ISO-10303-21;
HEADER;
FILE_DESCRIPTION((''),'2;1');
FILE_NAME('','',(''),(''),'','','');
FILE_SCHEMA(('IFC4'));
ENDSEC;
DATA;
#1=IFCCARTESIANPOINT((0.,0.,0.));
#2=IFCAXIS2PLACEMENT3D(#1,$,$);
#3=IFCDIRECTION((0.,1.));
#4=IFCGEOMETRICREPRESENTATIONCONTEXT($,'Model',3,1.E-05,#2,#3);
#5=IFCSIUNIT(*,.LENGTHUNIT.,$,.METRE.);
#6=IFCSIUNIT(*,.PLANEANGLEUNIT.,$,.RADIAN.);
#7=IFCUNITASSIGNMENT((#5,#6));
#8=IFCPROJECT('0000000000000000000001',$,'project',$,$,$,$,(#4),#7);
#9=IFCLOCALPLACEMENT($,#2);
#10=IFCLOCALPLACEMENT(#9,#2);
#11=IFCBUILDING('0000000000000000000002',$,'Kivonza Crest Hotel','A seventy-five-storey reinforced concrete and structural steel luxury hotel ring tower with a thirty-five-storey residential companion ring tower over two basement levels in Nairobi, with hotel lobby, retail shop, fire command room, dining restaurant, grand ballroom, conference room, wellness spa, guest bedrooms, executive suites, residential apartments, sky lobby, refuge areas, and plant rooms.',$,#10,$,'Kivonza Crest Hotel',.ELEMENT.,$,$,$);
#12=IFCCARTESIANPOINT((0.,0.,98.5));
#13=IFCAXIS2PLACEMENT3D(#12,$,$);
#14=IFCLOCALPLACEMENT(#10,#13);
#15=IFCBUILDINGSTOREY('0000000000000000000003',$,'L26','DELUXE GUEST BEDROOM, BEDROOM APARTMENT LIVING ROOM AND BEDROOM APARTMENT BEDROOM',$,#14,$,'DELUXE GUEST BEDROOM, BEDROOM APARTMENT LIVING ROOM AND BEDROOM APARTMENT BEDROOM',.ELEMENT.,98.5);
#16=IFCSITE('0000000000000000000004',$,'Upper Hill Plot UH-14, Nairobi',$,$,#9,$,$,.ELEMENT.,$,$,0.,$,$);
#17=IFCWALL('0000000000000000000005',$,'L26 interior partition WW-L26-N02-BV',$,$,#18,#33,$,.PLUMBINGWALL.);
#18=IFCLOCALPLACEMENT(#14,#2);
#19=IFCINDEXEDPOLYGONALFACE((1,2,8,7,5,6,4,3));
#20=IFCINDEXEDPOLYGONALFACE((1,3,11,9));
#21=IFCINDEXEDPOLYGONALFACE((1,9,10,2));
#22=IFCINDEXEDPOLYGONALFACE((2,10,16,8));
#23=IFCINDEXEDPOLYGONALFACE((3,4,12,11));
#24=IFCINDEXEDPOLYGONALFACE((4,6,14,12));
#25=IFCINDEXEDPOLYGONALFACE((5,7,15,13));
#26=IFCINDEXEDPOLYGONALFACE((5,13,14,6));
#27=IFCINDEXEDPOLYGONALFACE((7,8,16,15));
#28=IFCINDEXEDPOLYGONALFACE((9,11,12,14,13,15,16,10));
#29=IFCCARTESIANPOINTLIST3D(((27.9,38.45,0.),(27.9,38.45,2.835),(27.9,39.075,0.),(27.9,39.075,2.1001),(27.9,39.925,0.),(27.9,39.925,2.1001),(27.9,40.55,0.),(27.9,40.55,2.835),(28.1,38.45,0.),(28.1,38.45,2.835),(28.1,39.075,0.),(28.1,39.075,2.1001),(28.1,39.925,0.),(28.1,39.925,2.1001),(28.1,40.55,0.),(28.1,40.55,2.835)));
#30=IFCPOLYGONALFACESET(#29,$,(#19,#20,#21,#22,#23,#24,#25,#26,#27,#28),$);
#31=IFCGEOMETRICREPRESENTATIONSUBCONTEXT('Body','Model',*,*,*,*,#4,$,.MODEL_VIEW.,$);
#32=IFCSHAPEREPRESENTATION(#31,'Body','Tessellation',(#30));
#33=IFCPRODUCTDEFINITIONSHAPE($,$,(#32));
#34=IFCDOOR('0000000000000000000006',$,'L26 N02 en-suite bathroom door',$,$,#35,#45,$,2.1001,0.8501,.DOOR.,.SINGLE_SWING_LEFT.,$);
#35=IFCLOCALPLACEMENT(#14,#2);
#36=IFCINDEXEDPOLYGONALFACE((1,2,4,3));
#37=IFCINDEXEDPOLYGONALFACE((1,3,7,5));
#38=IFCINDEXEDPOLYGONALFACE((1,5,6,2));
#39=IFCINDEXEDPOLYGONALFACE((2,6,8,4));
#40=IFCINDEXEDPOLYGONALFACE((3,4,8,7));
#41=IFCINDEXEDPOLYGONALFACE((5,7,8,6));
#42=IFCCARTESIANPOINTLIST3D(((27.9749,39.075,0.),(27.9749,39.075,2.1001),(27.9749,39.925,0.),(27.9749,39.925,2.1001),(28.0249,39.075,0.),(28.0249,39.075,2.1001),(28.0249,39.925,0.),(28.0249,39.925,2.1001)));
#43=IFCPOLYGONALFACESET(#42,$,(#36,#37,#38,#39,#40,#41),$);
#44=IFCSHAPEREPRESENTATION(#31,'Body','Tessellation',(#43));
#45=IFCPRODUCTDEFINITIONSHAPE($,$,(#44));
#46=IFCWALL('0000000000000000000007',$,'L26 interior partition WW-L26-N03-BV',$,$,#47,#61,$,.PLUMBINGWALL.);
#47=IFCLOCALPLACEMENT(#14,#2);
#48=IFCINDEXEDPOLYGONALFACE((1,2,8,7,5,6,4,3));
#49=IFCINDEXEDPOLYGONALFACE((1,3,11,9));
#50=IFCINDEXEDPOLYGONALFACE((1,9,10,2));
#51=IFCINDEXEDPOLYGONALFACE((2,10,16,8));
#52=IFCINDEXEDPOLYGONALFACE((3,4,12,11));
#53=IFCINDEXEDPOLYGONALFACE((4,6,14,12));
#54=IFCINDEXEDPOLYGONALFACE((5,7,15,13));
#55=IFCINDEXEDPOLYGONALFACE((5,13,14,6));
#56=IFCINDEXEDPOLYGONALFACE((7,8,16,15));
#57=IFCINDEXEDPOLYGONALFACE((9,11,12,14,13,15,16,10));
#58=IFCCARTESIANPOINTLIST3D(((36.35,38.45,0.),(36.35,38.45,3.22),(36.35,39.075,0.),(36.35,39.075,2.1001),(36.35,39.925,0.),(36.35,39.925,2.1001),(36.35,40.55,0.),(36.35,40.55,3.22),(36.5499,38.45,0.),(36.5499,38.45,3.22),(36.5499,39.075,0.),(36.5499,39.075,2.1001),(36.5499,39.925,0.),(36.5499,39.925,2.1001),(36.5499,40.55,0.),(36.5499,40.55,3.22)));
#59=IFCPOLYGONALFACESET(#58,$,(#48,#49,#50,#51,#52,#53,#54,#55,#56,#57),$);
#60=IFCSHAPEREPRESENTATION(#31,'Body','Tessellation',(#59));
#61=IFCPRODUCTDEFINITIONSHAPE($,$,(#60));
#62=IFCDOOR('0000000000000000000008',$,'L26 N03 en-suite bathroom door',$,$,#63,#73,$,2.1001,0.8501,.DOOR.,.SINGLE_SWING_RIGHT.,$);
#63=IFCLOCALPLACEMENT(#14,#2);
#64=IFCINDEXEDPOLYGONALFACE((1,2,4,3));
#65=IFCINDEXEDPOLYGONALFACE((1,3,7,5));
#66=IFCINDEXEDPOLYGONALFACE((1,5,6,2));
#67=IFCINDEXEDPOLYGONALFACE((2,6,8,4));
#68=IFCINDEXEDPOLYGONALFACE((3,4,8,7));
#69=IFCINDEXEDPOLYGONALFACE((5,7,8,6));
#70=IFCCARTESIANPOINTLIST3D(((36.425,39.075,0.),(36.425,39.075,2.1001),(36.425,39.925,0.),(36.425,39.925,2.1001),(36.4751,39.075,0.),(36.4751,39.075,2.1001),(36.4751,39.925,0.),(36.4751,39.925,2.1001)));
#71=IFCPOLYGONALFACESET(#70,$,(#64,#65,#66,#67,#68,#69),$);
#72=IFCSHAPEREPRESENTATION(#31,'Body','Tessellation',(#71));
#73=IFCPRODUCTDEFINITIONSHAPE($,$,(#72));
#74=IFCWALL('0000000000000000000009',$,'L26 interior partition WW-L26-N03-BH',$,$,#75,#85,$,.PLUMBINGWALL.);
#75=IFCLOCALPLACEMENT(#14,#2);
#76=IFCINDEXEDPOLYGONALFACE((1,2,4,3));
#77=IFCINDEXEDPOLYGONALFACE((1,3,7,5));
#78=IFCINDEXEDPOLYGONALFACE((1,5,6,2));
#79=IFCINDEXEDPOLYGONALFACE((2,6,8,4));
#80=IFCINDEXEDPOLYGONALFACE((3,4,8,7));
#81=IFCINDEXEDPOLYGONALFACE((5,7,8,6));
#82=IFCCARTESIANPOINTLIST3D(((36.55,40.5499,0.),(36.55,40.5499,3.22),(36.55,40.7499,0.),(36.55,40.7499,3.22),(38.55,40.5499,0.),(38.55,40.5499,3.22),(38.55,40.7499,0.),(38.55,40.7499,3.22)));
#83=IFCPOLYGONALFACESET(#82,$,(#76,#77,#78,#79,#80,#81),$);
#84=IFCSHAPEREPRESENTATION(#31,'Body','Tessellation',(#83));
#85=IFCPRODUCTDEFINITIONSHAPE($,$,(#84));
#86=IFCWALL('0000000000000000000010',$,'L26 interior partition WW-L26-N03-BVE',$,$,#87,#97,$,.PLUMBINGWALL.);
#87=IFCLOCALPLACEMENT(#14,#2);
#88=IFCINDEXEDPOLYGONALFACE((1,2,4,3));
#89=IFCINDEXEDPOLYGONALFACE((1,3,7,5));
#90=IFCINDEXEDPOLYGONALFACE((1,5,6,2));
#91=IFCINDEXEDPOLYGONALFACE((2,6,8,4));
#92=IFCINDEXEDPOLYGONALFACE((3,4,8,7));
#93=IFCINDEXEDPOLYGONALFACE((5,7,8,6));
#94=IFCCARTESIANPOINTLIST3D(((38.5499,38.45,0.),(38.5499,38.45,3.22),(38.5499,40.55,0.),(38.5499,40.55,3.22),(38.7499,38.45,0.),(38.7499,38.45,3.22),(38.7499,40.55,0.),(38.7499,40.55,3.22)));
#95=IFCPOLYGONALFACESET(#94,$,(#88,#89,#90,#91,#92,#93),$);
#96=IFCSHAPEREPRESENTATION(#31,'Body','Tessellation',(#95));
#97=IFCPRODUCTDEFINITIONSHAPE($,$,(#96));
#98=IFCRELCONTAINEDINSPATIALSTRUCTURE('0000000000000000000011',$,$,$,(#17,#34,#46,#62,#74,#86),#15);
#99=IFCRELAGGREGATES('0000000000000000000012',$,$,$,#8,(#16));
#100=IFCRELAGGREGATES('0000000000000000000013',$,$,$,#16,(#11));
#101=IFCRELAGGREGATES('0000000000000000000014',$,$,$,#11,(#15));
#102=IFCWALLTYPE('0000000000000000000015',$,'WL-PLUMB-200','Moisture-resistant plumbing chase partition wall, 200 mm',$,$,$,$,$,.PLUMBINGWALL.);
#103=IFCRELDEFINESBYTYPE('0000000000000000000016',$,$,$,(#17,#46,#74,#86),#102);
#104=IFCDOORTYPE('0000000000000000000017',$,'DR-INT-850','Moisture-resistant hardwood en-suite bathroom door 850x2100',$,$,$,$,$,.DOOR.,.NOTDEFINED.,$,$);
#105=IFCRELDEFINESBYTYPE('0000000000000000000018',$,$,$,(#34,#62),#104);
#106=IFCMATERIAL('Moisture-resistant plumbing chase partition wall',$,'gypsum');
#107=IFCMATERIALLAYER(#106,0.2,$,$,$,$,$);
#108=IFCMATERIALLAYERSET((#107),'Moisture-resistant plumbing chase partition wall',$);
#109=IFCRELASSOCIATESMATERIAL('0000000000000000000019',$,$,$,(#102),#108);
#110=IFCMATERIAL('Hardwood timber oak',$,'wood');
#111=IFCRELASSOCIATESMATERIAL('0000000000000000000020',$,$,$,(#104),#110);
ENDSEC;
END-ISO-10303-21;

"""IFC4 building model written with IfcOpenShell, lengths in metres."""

from ifc_helpers import new_model, si_unit, direction, frame, frame_2d, origin, place, context, subcontext, project, spatial, rectangle, extrude, material, layer, layer_set, type_object, element, fill, save


model = new_model("IFC4")

# Units and contexts
model_context = context("Model", 3, precision=1e-05, world=origin(), true_north=direction((0.0, 1.0)))
body_context = subcontext(model_context, "Body", "Model", "MODEL_VIEW")
ifc_project = project(units=[si_unit("LENGTHUNIT", "METRE"), si_unit("PLANEANGLEUNIT", "RADIAN")], contexts=[model_context])

# Site, building, storey
site_placement = place(None, origin())
site = spatial("IfcSite", under=ifc_project, at=site_placement, Name="Upper Hill Plot UH-14, Nairobi", CompositionType="ELEMENT", RefElevation=0.0)
building_placement = place(site_placement, origin())
building = spatial("IfcBuilding", under=site, at=building_placement, Name="Kivonza Crest Hotel", Description="A seventy-five-storey reinforced concrete and structural steel luxury hotel ring tower with a thirty-five-storey residential companion ring tower over two basement levels in Nairobi, with hotel lobby, retail shop, fire command room, dining restaurant, grand ballroom, conference room, wellness spa, guest bedrooms, executive suites, residential apartments, sky lobby, refuge areas, and plant rooms.", LongName="Kivonza Crest Hotel", CompositionType="ELEMENT")
storey_placement = place(building_placement, frame((0.0, 0.0, 98.5)))
storey = spatial("IfcBuildingStorey", under=building, at=storey_placement, Name="L26", Description="DELUXE GUEST BEDROOM, BEDROOM APARTMENT LIVING ROOM AND BEDROOM APARTMENT BEDROOM", LongName="DELUXE GUEST BEDROOM, BEDROOM APARTMENT LIVING ROOM AND BEDROOM APARTMENT BEDROOM", CompositionType="ELEMENT", Elevation=98.5)

# Shared definitions
ifc_material_1 = material(Name="Hardwood timber oak", Category="wood")

# Walls, openings, doors
ifc_material_2 = material(Name="Moisture-resistant plumbing chase partition wall", Category="gypsum")
ifc_layer_1 = layer(ifc_material_2, 0.2)
ifc_layer_set_1 = layer_set([ifc_layer_1], Name="Moisture-resistant plumbing chase partition wall")
wall_type_1 = type_object("IfcWallType", Name="WL-PLUMB-200", Description="Moisture-resistant plumbing chase partition wall, 200 mm", PredefinedType="PLUMBINGWALL", material=ifc_layer_set_1)
wall_1_placement = place(storey_placement, frame((28.0, 38.45, 0.0), z_axis=(0.0, 0.0, 1.0), x_axis=(0.0, 1.0, 0.0)))
wall_1 = element("IfcWall", 1, at=wall_1_placement, inside=storey, type_object=wall_type_1, Name="L26 interior partition WW-L26-N02-BV", PredefinedType="PLUMBINGWALL", context=body_context, shape_type="SweptSolid", body=[
    extrude(rectangle(XDim=2.1001, YDim=0.2, at=frame_2d((1.05, 0.0))), origin(), (0.0, 0.0, 1.0), 2.835),
])
opening_1_placement = place(wall_1_placement, frame((0.625, 0.0, 0.0)))
opening_1 = element("IfcOpeningElement", 2, at=opening_1_placement, cuts=wall_1, PredefinedType="OPENING", context=body_context, shape_type="SweptSolid", body=[
    extrude(rectangle(XDim=0.8501, YDim=2.1001, at=frame_2d((0.425, 1.05))), frame((0.0, 0.1099, 0.0), z_axis=(0.0, -1.0, 0.0), x_axis=(1.0, 0.0, 0.0)), (0.0, 0.0, 1.0), 0.22),
])
door_type_1 = type_object("IfcDoorType", Name="DR-INT-850", Description="Moisture-resistant hardwood en-suite bathroom door 850x2100", OperationType="NOTDEFINED", PredefinedType="DOOR", material=ifc_material_1)
door_1_placement = place(opening_1_placement, frame((0.8501, 0.0, 0.0), z_axis=(0.0, 0.0, 1.0), x_axis=(-1.0, 0.0, 0.0)))
door_1 = element("IfcDoor", 3, at=door_1_placement, inside=storey, type_object=door_type_1, Name="L26 N02 en-suite bathroom door", OperationType="SINGLE_SWING_LEFT", OverallHeight=2.1001, OverallWidth=0.8501, PredefinedType="DOOR", context=body_context, shape_type="SweptSolid", body=[
    extrude(rectangle(XDim=0.8501, YDim=2.1001, at=frame_2d((0.425, 1.05))), frame((0.0, 0.0249, 0.0), z_axis=(0.0, -1.0, 0.0), x_axis=(1.0, 0.0, 0.0)), (0.0, 0.0, 1.0), 0.05),
])
fill(opening_1, door_1)
wall_2_placement = place(storey_placement, frame((36.45, 38.45, 0.0), z_axis=(0.0, 0.0, 1.0), x_axis=(0.0, 1.0, 0.0)))
wall_2 = element("IfcWall", 4, at=wall_2_placement, inside=storey, type_object=wall_type_1, Name="L26 interior partition WW-L26-N03-BV", PredefinedType="PLUMBINGWALL", context=body_context, shape_type="SweptSolid", body=[
    extrude(rectangle(XDim=2.1001, YDim=0.2, at=frame_2d((1.05, 0.0))), origin(), (0.0, 0.0, 1.0), 3.22),
])
opening_2_placement = place(wall_2_placement, frame((0.625, 0.0, 0.0)))
opening_2 = element("IfcOpeningElement", 5, at=opening_2_placement, cuts=wall_2, PredefinedType="OPENING", context=body_context, shape_type="SweptSolid", body=[
    extrude(rectangle(XDim=0.8501, YDim=2.1001, at=frame_2d((0.425, 1.05))), frame((0.0, 0.1099, 0.0), z_axis=(0.0, -1.0, 0.0), x_axis=(1.0, 0.0, 0.0)), (0.0, 0.0, 1.0), 0.22),
])
door_2_placement = place(opening_2_placement, origin())
door_2 = element("IfcDoor", 6, at=door_2_placement, inside=storey, type_object=door_type_1, Name="L26 N03 en-suite bathroom door", OperationType="SINGLE_SWING_RIGHT", OverallHeight=2.1001, OverallWidth=0.8501, PredefinedType="DOOR", context=body_context, shape_type="SweptSolid", body=[
    extrude(rectangle(XDim=0.8501, YDim=2.1001, at=frame_2d((0.425, 1.05))), frame((0.0, 0.0249, 0.0), z_axis=(0.0, -1.0, 0.0), x_axis=(1.0, 0.0, 0.0)), (0.0, 0.0, 1.0), 0.05),
])
fill(opening_2, door_2)

# Walls
wall_3_placement = place(storey_placement, frame((36.55, 40.6499, 0.0), z_axis=(0.0, 0.0, 1.0), x_axis=(1.0, 0.0, 0.0)))
element("IfcWall", 7, at=wall_3_placement, inside=storey, type_object=wall_type_1, Name="L26 interior partition WW-L26-N03-BH", PredefinedType="PLUMBINGWALL", context=body_context, shape_type="SweptSolid", body=[
    extrude(rectangle(XDim=2.0, YDim=0.2, at=frame_2d((1.0, 0.0))), origin(), (0.0, 0.0, 1.0), 3.22),
])
wall_4_placement = place(storey_placement, frame((38.6499, 38.45, 0.0), z_axis=(0.0, 0.0, 1.0), x_axis=(0.0, 1.0, 0.0)))
element("IfcWall", 8, at=wall_4_placement, inside=storey, type_object=wall_type_1, Name="L26 interior partition WW-L26-N03-BVE", PredefinedType="PLUMBINGWALL", context=body_context, shape_type="SweptSolid", body=[
    extrude(rectangle(XDim=2.1001, YDim=0.2, at=frame_2d((1.05, 0.0))), origin(), (0.0, 0.0, 1.0), 3.22),
])

save(model, "model.ifc")
